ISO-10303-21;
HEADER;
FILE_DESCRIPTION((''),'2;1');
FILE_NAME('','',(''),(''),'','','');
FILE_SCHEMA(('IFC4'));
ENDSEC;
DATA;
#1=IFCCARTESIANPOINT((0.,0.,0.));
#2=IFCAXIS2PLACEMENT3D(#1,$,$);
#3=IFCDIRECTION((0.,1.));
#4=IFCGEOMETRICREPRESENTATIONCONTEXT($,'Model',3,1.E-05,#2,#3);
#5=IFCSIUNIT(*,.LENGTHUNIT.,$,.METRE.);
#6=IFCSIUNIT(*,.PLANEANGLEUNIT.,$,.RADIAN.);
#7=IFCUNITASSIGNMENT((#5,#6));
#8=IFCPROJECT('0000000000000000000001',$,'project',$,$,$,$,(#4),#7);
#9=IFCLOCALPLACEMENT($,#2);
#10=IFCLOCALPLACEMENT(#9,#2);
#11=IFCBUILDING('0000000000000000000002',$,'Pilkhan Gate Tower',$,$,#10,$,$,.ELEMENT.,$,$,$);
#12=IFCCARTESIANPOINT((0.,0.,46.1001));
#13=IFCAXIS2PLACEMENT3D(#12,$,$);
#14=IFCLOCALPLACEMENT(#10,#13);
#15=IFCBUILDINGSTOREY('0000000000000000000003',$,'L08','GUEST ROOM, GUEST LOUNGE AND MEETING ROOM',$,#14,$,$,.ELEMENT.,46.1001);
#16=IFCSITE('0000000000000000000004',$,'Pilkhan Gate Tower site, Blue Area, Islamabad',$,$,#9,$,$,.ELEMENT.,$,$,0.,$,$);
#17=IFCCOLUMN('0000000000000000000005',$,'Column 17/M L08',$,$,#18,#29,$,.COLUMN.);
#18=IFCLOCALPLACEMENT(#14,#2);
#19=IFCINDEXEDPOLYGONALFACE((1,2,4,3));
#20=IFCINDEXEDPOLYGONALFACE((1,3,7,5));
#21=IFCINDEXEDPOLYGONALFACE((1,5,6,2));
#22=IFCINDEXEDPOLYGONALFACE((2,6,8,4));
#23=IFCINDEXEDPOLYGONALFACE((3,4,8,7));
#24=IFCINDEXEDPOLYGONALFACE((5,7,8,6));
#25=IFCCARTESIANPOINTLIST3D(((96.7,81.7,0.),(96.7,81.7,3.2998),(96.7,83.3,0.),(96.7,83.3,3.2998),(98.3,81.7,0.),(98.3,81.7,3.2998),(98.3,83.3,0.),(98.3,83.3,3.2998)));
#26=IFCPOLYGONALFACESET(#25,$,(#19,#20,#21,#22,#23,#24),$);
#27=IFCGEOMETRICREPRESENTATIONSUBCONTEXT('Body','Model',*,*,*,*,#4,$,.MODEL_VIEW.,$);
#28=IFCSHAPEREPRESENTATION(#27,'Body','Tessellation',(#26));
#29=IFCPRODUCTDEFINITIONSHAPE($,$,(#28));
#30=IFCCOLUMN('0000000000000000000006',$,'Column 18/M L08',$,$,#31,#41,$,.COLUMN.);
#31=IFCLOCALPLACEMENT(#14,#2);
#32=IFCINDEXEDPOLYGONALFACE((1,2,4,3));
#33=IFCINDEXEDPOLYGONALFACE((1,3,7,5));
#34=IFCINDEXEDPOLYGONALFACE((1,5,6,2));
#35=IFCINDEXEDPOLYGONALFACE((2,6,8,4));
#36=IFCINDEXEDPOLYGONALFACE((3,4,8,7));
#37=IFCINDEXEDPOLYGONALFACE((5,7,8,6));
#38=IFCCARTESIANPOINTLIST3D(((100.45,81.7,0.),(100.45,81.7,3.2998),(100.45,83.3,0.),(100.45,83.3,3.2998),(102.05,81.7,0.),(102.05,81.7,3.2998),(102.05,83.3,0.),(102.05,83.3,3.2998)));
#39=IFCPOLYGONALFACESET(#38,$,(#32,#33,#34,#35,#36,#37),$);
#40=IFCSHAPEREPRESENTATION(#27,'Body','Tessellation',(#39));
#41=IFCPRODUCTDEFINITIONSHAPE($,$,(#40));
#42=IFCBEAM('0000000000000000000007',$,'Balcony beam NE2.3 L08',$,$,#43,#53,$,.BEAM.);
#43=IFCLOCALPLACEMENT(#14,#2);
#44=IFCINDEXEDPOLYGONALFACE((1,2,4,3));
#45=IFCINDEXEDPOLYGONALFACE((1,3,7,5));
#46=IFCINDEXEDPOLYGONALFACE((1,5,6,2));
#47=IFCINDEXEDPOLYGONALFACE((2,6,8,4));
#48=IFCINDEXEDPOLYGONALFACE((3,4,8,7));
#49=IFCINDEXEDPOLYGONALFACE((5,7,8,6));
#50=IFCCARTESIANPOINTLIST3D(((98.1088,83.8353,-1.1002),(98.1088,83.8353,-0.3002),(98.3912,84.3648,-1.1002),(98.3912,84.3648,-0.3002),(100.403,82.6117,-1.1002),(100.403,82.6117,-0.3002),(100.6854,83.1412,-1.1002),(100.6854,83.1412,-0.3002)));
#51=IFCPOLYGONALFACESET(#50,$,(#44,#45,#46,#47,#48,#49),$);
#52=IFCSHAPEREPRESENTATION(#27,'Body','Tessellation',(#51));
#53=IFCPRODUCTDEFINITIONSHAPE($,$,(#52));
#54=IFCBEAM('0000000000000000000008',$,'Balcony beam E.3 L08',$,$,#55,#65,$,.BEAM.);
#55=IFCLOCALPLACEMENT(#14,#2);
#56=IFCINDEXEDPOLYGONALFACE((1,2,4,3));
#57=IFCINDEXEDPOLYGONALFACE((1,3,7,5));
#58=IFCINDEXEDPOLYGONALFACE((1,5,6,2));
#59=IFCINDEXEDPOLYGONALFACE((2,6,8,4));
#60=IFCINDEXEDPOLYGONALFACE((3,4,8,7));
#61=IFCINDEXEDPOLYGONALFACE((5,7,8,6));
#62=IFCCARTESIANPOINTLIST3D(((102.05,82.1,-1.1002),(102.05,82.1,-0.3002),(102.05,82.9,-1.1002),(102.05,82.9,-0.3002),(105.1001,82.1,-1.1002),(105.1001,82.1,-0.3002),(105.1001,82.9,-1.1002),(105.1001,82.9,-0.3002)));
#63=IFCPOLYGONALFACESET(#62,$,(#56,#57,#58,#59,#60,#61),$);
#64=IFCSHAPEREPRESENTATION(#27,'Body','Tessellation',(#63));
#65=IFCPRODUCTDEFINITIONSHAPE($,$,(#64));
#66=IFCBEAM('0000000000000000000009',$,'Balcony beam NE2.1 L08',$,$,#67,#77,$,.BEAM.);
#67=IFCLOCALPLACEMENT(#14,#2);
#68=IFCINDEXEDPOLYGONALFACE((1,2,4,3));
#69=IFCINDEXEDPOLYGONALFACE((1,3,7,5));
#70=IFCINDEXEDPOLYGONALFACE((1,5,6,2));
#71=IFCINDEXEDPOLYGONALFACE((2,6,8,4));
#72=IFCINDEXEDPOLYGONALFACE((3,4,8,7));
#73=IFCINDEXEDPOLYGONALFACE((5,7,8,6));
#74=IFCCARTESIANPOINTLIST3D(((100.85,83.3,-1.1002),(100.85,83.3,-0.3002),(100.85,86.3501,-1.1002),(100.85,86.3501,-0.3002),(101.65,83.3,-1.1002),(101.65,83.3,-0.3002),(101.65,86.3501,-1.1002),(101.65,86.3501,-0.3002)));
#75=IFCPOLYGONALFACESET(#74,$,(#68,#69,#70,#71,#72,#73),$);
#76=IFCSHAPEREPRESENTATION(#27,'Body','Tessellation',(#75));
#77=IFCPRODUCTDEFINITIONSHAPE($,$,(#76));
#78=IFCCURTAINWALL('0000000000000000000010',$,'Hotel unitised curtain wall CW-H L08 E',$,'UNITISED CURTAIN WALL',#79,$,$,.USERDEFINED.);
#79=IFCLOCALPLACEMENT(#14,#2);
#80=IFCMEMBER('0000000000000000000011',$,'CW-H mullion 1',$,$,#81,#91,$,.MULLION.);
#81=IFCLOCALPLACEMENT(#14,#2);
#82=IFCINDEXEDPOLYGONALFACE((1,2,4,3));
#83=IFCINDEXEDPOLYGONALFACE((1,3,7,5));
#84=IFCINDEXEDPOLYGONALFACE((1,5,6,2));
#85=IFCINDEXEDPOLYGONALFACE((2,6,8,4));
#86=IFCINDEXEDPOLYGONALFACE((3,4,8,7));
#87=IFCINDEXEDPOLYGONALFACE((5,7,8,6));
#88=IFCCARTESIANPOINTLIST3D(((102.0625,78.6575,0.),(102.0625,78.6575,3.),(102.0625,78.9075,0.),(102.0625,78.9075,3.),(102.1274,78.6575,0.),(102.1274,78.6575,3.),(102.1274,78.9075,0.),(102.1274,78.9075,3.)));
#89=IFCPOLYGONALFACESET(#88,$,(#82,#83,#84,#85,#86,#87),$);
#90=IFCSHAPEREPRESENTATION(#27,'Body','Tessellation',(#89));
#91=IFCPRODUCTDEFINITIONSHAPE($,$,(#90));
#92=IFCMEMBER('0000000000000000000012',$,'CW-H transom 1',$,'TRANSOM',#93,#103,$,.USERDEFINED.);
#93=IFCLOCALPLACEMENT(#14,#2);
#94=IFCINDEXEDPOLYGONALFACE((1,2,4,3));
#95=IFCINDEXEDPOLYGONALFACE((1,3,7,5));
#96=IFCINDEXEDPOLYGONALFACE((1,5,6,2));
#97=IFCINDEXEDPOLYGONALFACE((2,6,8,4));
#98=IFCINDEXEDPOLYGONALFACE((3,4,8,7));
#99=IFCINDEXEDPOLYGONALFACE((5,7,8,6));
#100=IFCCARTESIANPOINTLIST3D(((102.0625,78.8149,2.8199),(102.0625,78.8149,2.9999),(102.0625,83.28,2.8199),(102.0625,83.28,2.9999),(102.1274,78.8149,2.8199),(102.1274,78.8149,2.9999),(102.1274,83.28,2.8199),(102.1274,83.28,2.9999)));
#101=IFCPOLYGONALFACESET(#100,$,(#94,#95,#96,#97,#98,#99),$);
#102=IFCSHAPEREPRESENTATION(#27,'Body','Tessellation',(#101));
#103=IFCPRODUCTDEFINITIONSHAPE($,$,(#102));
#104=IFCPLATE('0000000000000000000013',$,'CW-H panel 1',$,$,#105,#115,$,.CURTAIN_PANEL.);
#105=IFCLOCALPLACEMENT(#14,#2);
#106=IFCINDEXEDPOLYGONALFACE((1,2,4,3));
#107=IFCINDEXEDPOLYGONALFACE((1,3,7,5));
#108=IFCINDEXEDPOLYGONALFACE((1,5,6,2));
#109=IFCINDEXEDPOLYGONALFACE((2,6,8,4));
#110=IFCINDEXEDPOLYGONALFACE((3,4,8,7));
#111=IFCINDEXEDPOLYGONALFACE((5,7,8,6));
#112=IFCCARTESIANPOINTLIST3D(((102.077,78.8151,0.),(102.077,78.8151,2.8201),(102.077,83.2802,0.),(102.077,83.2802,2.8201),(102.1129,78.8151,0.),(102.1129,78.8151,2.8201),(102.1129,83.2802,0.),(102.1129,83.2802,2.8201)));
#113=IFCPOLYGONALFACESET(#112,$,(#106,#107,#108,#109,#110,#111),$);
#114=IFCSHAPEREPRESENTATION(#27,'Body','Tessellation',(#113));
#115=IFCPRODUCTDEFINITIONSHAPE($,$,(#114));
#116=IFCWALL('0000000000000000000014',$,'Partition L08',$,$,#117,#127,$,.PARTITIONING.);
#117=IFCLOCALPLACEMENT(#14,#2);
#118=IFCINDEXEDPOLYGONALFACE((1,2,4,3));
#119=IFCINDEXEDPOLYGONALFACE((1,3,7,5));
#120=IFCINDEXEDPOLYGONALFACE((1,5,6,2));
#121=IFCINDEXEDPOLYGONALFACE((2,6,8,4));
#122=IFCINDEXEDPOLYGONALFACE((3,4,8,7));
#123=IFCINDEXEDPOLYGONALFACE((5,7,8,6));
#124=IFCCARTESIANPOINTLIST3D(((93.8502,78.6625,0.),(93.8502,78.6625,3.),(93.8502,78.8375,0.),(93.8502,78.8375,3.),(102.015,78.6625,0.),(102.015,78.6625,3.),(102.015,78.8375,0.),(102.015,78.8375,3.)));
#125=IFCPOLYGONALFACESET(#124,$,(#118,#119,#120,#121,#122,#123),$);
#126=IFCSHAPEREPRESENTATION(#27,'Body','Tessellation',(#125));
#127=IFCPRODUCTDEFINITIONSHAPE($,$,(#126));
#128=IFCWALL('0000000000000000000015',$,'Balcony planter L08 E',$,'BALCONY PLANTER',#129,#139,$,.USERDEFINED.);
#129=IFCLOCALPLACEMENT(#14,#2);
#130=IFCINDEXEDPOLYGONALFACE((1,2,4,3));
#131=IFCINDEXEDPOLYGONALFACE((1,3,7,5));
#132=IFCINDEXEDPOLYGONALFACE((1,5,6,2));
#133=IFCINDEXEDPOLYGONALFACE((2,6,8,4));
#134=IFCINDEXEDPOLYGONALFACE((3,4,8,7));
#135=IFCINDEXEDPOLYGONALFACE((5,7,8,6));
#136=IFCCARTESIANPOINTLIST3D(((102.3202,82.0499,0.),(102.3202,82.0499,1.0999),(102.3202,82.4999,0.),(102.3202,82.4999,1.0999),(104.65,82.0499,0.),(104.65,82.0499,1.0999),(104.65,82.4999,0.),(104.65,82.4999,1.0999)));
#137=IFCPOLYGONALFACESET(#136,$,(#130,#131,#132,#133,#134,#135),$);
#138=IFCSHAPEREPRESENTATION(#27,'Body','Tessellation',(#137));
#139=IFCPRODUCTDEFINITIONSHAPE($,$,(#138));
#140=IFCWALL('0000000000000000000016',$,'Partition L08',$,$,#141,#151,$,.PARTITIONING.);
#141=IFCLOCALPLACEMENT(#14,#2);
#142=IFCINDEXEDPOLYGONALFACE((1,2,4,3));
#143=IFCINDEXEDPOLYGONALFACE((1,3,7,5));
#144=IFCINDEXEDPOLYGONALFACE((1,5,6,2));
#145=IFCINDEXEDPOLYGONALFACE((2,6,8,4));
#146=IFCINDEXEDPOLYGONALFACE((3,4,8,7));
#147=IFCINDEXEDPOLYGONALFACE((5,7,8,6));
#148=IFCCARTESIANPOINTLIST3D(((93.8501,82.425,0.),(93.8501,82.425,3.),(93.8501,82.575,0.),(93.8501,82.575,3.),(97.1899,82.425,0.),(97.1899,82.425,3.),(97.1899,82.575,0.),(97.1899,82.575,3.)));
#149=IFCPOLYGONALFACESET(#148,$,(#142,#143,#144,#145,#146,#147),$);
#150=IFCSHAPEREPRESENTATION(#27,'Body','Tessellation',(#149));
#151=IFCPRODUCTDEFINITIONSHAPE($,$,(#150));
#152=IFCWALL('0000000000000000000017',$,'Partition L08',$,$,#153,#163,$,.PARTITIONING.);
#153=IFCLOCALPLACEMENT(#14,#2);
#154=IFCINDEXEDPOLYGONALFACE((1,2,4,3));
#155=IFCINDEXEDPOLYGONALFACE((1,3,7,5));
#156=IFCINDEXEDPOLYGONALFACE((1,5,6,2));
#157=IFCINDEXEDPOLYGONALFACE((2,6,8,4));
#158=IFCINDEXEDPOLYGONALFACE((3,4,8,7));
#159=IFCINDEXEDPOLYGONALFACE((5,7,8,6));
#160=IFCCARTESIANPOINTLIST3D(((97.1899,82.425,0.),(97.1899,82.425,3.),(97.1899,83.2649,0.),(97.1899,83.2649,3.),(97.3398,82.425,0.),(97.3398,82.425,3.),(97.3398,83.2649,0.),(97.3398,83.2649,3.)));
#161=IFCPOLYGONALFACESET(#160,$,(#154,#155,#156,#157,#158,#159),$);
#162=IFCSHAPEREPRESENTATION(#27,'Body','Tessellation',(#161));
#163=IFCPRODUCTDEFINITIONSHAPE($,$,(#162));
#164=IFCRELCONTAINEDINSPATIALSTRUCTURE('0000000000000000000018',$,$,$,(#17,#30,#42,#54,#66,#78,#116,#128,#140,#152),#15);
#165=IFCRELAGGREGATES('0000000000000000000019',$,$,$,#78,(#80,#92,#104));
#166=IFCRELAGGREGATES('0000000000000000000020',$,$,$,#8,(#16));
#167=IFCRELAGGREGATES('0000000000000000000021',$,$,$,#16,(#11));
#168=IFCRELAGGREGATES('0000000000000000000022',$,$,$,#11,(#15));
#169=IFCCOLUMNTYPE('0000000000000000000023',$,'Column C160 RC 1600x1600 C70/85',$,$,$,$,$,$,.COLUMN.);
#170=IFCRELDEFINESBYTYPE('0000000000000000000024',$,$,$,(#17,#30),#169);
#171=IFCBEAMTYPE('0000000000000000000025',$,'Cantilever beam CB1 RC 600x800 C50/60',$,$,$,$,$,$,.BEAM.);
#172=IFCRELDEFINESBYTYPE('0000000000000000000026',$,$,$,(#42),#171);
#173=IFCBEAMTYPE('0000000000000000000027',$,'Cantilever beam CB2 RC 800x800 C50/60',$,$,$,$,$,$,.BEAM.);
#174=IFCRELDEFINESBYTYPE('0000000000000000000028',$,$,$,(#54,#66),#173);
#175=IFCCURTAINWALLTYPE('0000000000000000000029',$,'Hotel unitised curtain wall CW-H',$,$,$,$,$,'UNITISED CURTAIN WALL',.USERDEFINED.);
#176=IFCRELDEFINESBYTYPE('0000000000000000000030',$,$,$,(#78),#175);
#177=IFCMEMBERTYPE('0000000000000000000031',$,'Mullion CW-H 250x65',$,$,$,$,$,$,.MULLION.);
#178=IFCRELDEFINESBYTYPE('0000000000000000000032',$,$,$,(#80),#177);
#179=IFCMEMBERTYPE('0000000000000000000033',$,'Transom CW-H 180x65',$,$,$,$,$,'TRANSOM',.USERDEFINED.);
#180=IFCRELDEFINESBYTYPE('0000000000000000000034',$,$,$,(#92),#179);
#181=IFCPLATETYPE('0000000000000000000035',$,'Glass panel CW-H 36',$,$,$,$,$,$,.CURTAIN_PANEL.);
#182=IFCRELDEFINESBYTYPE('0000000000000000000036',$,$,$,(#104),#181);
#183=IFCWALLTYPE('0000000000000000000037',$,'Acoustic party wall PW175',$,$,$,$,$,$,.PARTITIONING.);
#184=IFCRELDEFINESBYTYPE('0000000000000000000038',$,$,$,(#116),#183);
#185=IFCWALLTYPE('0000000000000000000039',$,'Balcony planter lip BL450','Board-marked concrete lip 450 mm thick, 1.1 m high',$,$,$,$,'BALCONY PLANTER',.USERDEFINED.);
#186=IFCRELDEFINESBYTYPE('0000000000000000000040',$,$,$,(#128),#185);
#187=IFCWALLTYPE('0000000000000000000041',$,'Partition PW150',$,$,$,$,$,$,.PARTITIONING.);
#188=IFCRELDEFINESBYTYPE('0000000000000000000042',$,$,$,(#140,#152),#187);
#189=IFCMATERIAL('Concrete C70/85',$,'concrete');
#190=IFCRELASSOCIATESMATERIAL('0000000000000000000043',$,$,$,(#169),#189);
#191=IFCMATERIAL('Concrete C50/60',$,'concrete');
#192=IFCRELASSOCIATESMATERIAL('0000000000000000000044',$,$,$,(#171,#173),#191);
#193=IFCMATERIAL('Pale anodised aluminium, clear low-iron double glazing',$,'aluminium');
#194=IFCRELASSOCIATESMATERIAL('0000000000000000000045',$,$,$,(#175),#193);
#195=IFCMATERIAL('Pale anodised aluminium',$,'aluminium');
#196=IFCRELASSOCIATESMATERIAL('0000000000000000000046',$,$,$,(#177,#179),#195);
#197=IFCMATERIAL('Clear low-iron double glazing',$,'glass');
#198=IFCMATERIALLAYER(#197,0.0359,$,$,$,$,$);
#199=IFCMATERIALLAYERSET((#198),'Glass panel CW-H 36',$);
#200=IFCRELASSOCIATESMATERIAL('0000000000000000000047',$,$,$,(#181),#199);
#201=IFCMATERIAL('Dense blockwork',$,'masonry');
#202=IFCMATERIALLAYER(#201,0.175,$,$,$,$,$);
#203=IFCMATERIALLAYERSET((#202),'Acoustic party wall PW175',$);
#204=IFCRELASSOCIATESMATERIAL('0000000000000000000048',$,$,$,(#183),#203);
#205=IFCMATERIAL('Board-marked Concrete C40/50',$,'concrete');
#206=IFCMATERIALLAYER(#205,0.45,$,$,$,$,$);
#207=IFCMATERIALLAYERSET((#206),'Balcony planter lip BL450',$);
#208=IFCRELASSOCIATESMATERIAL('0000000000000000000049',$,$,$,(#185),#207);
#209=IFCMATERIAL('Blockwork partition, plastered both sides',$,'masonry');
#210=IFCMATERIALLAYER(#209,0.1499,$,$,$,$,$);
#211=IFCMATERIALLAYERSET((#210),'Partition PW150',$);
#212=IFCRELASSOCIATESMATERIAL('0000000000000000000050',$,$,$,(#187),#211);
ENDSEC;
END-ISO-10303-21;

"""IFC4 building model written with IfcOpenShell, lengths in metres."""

from ifc_helpers import new_model, si_unit, direction, frame, frame_2d, origin, origin_2d, place, context, subcontext, project, spatial, rectangle, extrude, material, layer, layer_set, material_profile, profile_set, type_object, element, aggregate, save


model = new_model("IFC4")

# Units and contexts
model_context = context("Model", 3, precision=1e-05, world=origin(), true_north=direction((0.0, 1.0)))
body_context = subcontext(model_context, "Body", "Model", "MODEL_VIEW")
ifc_project = project(units=[si_unit("LENGTHUNIT", "METRE"), si_unit("PLANEANGLEUNIT", "RADIAN")], contexts=[model_context])

# Site, building, storey
site_placement = place(None, origin())
site = spatial("IfcSite", under=ifc_project, at=site_placement, Name="Pilkhan Gate Tower site, Blue Area, Islamabad", CompositionType="ELEMENT", RefElevation=0.0)
building_placement = place(site_placement, origin())
building = spatial("IfcBuilding", under=site, at=building_placement, Name="Pilkhan Gate Tower", CompositionType="ELEMENT")
storey_placement = place(building_placement, frame((0.0, 0.0, 46.1001)))
storey = spatial("IfcBuildingStorey", under=building, at=storey_placement, Name="L08", Description="GUEST ROOM, GUEST LOUNGE AND MEETING ROOM", CompositionType="ELEMENT", Elevation=46.1001)

# Columns
ifc_material_1 = material(Name="Concrete C70/85", Category="concrete")
ifc_material_profile_1 = material_profile(ifc_material_1, rectangle(XDim=1.6001, YDim=1.6001, at=origin_2d()), Name="RC 1600x1600")
ifc_profile_set_1 = profile_set([ifc_material_profile_1], Name="Concrete C70/85")
column_type = type_object("IfcColumnType", Name="Column C160 RC 1600x1600 C70/85", PredefinedType="COLUMN", material=ifc_profile_set_1)
for number, where, z_axis, x_axis, name in (
    (1, (97.5, 82.5, 0.0), (0.0, 0.0, 1.0), (1.0, 0.0, 0.0), "Column 17/M L08"),
    (2, (101.25, 82.5, 0.0), (0.0, 0.0, 1.0), (1.0, 0.0, 0.0), "Column 18/M L08"),
):
    element("IfcColumn", number, at=place(storey_placement, frame(where, z_axis=z_axis, x_axis=x_axis)), inside=storey, type_object=column_type, Name=name, PredefinedType="COLUMN", context=body_context, shape_type="SweptSolid", body=[
        extrude(rectangle(XDim=1.6001, YDim=1.6001, at=origin_2d()), origin(), (0.0, 0.0, 1.0), 3.2998),
    ])

# Beams
ifc_material_2 = material(Name="Concrete C50/60", Category="concrete")
ifc_material_profile_2 = material_profile(ifc_material_2, rectangle(XDim=0.6001, YDim=0.8, at=origin_2d()), Name="RC 600x800")
ifc_profile_set_2 = profile_set([ifc_material_profile_2], Name="Concrete C50/60")
beam_type_1 = type_object("IfcBeamType", Name="Cantilever beam CB1 RC 600x800 C50/60", PredefinedType="BEAM", material=ifc_profile_set_2)
beam_placement = place(storey_placement, frame((100.5442, 82.8765, -0.7002), z_axis=(-0.882343, 0.470608, 0.0), x_axis=(-0.470608, -0.882343, 0.0)))
element("IfcBeam", 3, at=beam_placement, inside=storey, type_object=beam_type_1, Name="Balcony beam NE2.3 L08", PredefinedType="BEAM", context=body_context, shape_type="SweptSolid", body=[
    extrude(rectangle(XDim=0.6001, YDim=0.8, at=origin_2d()), origin(), (0.0, 0.0, 1.0), 2.6001),
])
ifc_material_profile_3 = material_profile(ifc_material_2, rectangle(XDim=0.8, YDim=0.8, at=origin_2d()), Name="RC 800x800")
ifc_profile_set_3 = profile_set([ifc_material_profile_3], Name="Concrete C50/60")
beam_type_2 = type_object("IfcBeamType", Name="Cantilever beam CB2 RC 800x800 C50/60", PredefinedType="BEAM", material=ifc_profile_set_3)
for number, where, z_axis, x_axis, name in (
    (4, (102.05, 82.5, -0.7002), (1.0, 0.0, 0.0), (0.0, 1.0, 0.0), "Balcony beam E.3 L08"),
    (5, (101.25, 83.3, -0.7002), (0.0, 1.0, 0.0), (-1.0, 0.0, 0.0), "Balcony beam NE2.1 L08"),
):
    element("IfcBeam", number, at=place(storey_placement, frame(where, z_axis=z_axis, x_axis=x_axis)), inside=storey, type_object=beam_type_2, Name=name, PredefinedType="BEAM", context=body_context, shape_type="SweptSolid", body=[
        extrude(rectangle(XDim=0.8, YDim=0.8, at=origin_2d()), origin(), (0.0, 0.0, 1.0), 3.05),
    ])

# Curtain wall, members, plate
ifc_material_3 = material(Name="Pale anodised aluminium, clear low-iron double glazing", Category="aluminium")
curtain_wall_type = type_object("IfcCurtainWallType", Name="Hotel unitised curtain wall CW-H", ElementType="UNITISED CURTAIN WALL", PredefinedType="USERDEFINED", material=ifc_material_3)
curtain_wall_placement = place(storey_placement, origin())
curtain_wall = element("IfcCurtainWall", 6, at=curtain_wall_placement, inside=storey, type_object=curtain_wall_type, Name="Hotel unitised curtain wall CW-H L08 E", ObjectType="UNITISED CURTAIN WALL", PredefinedType="USERDEFINED")
ifc_material_4 = material(Name="Pale anodised aluminium", Category="aluminium")
ifc_material_profile_4 = material_profile(ifc_material_4, rectangle(XDim=0.0649, YDim=0.25, at=origin_2d()), Name="Mullion 250x65")
ifc_profile_set_4 = profile_set([ifc_material_profile_4], Name="Pale anodised aluminium")
member_type_1 = type_object("IfcMemberType", Name="Mullion CW-H 250x65", PredefinedType="MULLION", material=ifc_profile_set_4)
member_1_placement = place(storey_placement, frame((102.095, 78.7825, 0.0), z_axis=(0.0, 0.0, 1.0), x_axis=(-1.0, 0.0, 0.0)))
member_1 = element("IfcMember", 7, at=member_1_placement, type_object=member_type_1, Name="CW-H mullion 1", PredefinedType="MULLION", context=body_context, shape_type="SweptSolid", body=[
    extrude(rectangle(XDim=0.0649, YDim=0.25, at=origin_2d()), origin(), (0.0, 0.0, 1.0), 3.0),
])
ifc_material_profile_5 = material_profile(ifc_material_4, rectangle(XDim=0.0649, YDim=0.1799, at=origin_2d()), Name="Transom 180x65")
ifc_profile_set_5 = profile_set([ifc_material_profile_5], Name="Pale anodised aluminium")
member_type_2 = type_object("IfcMemberType", Name="Transom CW-H 180x65", ElementType="TRANSOM", PredefinedType="USERDEFINED", material=ifc_profile_set_5)
member_2_placement = place(storey_placement, frame((102.095, 78.8149, 2.9099), z_axis=(0.0, 1.0, 0.0), x_axis=(-1.0, 0.0, 0.0)))
member_2 = element("IfcMember", 8, at=member_2_placement, type_object=member_type_2, Name="CW-H transom 1", ObjectType="TRANSOM", PredefinedType="USERDEFINED", context=body_context, shape_type="SweptSolid", body=[
    extrude(rectangle(XDim=0.0649, YDim=0.1799, at=origin_2d()), origin(), (0.0, 0.0, 1.0), 4.4651),
])
ifc_material_5 = material(Name="Clear low-iron double glazing", Category="glass")
ifc_layer_1 = layer(ifc_material_5, 0.0359)
ifc_layer_set_1 = layer_set([ifc_layer_1], Name="Glass panel CW-H 36")
plate_type = type_object("IfcPlateType", Name="Glass panel CW-H 36", PredefinedType="CURTAIN_PANEL", material=ifc_layer_set_1)
plate_placement = place(storey_placement, frame((102.095, 81.0476, 0.0), z_axis=(0.0, 0.0, 1.0), x_axis=(0.0, 1.0, 0.0)))
plate = element("IfcPlate", 9, at=plate_placement, type_object=plate_type, Name="CW-H panel 1", PredefinedType="CURTAIN_PANEL", context=body_context, shape_type="SweptSolid", body=[
    extrude(rectangle(XDim=4.4651, YDim=0.0359, at=origin_2d()), origin(), (0.0, 0.0, 1.0), 2.8201),
])
aggregate(curtain_wall, [member_1, member_2, plate])

# Walls
ifc_material_6 = material(Name="Dense blockwork", Category="masonry")
ifc_layer_2 = layer(ifc_material_6, 0.175)
ifc_layer_set_2 = layer_set([ifc_layer_2], Name="Acoustic party wall PW175")
wall_type_1 = type_object("IfcWallType", Name="Acoustic party wall PW175", PredefinedType="PARTITIONING", material=ifc_layer_set_2)
wall_1_placement = place(storey_placement, frame((93.8501, 78.75, 0.0), z_axis=(0.0, 0.0, 1.0), x_axis=(1.0, 0.0, 0.0)))
element("IfcWall", 10, at=wall_1_placement, inside=storey, type_object=wall_type_1, Name="Partition L08", PredefinedType="PARTITIONING", context=body_context, shape_type="SweptSolid", body=[
    extrude(rectangle(XDim=8.1648, YDim=0.175, at=frame_2d((4.0825, 0.0))), origin(), (0.0, 0.0, 1.0), 3.0),
])
ifc_material_7 = material(Name="Board-marked Concrete C40/50", Category="concrete")
ifc_layer_3 = layer(ifc_material_7, 0.45)
ifc_layer_set_3 = layer_set([ifc_layer_3], Name="Balcony planter lip BL450")
wall_type_2 = type_object("IfcWallType", Name="Balcony planter lip BL450", Description="Board-marked concrete lip 450 mm thick, 1.1 m high", ElementType="BALCONY PLANTER", PredefinedType="USERDEFINED", material=ifc_layer_set_3)
wall_2_placement = place(storey_placement, frame((102.3201, 82.2749, 0.0), z_axis=(0.0, 0.0, 1.0), x_axis=(1.0, 0.0, 0.0)))
element("IfcWall", 11, at=wall_2_placement, inside=storey, type_object=wall_type_2, Name="Balcony planter L08 E", ObjectType="BALCONY PLANTER", PredefinedType="USERDEFINED", context=body_context, shape_type="SweptSolid", body=[
    extrude(rectangle(XDim=2.3298, YDim=0.45, at=frame_2d((1.165, 0.0))), origin(), (0.0, 0.0, 1.0), 1.0999),
])
ifc_material_8 = material(Name="Blockwork partition, plastered both sides", Category="masonry")
ifc_layer_4 = layer(ifc_material_8, 0.1499)
ifc_layer_set_4 = layer_set([ifc_layer_4], Name="Partition PW150")
wall_type_3 = type_object("IfcWallType", Name="Partition PW150", PredefinedType="PARTITIONING", material=ifc_layer_set_4)
wall_3_placement = place(storey_placement, frame((93.8501, 82.5, 0.0), z_axis=(0.0, 0.0, 1.0), x_axis=(1.0, 0.0, 0.0)))
element("IfcWall", 12, at=wall_3_placement, inside=storey, type_object=wall_type_3, Name="Partition L08", PredefinedType="PARTITIONING", context=body_context, shape_type="SweptSolid", body=[
    extrude(rectangle(XDim=3.3398, YDim=0.1499, at=frame_2d((1.6699, 0.0))), origin(), (0.0, 0.0, 1.0), 3.0),
])
wall_4_placement = place(storey_placement, frame((97.2649, 82.425, 0.0), z_axis=(0.0, 0.0, 1.0), x_axis=(0.0, 1.0, 0.0)))
element("IfcWall", 13, at=wall_4_placement, inside=storey, type_object=wall_type_3, Name="Partition L08", PredefinedType="PARTITIONING", context=body_context, shape_type="SweptSolid", body=[
    extrude(rectangle(XDim=0.8398, YDim=0.1499, at=frame_2d((0.4199, 0.0))), origin(), (0.0, 0.0, 1.0), 3.0),
])

save(model, "model.ifc")
